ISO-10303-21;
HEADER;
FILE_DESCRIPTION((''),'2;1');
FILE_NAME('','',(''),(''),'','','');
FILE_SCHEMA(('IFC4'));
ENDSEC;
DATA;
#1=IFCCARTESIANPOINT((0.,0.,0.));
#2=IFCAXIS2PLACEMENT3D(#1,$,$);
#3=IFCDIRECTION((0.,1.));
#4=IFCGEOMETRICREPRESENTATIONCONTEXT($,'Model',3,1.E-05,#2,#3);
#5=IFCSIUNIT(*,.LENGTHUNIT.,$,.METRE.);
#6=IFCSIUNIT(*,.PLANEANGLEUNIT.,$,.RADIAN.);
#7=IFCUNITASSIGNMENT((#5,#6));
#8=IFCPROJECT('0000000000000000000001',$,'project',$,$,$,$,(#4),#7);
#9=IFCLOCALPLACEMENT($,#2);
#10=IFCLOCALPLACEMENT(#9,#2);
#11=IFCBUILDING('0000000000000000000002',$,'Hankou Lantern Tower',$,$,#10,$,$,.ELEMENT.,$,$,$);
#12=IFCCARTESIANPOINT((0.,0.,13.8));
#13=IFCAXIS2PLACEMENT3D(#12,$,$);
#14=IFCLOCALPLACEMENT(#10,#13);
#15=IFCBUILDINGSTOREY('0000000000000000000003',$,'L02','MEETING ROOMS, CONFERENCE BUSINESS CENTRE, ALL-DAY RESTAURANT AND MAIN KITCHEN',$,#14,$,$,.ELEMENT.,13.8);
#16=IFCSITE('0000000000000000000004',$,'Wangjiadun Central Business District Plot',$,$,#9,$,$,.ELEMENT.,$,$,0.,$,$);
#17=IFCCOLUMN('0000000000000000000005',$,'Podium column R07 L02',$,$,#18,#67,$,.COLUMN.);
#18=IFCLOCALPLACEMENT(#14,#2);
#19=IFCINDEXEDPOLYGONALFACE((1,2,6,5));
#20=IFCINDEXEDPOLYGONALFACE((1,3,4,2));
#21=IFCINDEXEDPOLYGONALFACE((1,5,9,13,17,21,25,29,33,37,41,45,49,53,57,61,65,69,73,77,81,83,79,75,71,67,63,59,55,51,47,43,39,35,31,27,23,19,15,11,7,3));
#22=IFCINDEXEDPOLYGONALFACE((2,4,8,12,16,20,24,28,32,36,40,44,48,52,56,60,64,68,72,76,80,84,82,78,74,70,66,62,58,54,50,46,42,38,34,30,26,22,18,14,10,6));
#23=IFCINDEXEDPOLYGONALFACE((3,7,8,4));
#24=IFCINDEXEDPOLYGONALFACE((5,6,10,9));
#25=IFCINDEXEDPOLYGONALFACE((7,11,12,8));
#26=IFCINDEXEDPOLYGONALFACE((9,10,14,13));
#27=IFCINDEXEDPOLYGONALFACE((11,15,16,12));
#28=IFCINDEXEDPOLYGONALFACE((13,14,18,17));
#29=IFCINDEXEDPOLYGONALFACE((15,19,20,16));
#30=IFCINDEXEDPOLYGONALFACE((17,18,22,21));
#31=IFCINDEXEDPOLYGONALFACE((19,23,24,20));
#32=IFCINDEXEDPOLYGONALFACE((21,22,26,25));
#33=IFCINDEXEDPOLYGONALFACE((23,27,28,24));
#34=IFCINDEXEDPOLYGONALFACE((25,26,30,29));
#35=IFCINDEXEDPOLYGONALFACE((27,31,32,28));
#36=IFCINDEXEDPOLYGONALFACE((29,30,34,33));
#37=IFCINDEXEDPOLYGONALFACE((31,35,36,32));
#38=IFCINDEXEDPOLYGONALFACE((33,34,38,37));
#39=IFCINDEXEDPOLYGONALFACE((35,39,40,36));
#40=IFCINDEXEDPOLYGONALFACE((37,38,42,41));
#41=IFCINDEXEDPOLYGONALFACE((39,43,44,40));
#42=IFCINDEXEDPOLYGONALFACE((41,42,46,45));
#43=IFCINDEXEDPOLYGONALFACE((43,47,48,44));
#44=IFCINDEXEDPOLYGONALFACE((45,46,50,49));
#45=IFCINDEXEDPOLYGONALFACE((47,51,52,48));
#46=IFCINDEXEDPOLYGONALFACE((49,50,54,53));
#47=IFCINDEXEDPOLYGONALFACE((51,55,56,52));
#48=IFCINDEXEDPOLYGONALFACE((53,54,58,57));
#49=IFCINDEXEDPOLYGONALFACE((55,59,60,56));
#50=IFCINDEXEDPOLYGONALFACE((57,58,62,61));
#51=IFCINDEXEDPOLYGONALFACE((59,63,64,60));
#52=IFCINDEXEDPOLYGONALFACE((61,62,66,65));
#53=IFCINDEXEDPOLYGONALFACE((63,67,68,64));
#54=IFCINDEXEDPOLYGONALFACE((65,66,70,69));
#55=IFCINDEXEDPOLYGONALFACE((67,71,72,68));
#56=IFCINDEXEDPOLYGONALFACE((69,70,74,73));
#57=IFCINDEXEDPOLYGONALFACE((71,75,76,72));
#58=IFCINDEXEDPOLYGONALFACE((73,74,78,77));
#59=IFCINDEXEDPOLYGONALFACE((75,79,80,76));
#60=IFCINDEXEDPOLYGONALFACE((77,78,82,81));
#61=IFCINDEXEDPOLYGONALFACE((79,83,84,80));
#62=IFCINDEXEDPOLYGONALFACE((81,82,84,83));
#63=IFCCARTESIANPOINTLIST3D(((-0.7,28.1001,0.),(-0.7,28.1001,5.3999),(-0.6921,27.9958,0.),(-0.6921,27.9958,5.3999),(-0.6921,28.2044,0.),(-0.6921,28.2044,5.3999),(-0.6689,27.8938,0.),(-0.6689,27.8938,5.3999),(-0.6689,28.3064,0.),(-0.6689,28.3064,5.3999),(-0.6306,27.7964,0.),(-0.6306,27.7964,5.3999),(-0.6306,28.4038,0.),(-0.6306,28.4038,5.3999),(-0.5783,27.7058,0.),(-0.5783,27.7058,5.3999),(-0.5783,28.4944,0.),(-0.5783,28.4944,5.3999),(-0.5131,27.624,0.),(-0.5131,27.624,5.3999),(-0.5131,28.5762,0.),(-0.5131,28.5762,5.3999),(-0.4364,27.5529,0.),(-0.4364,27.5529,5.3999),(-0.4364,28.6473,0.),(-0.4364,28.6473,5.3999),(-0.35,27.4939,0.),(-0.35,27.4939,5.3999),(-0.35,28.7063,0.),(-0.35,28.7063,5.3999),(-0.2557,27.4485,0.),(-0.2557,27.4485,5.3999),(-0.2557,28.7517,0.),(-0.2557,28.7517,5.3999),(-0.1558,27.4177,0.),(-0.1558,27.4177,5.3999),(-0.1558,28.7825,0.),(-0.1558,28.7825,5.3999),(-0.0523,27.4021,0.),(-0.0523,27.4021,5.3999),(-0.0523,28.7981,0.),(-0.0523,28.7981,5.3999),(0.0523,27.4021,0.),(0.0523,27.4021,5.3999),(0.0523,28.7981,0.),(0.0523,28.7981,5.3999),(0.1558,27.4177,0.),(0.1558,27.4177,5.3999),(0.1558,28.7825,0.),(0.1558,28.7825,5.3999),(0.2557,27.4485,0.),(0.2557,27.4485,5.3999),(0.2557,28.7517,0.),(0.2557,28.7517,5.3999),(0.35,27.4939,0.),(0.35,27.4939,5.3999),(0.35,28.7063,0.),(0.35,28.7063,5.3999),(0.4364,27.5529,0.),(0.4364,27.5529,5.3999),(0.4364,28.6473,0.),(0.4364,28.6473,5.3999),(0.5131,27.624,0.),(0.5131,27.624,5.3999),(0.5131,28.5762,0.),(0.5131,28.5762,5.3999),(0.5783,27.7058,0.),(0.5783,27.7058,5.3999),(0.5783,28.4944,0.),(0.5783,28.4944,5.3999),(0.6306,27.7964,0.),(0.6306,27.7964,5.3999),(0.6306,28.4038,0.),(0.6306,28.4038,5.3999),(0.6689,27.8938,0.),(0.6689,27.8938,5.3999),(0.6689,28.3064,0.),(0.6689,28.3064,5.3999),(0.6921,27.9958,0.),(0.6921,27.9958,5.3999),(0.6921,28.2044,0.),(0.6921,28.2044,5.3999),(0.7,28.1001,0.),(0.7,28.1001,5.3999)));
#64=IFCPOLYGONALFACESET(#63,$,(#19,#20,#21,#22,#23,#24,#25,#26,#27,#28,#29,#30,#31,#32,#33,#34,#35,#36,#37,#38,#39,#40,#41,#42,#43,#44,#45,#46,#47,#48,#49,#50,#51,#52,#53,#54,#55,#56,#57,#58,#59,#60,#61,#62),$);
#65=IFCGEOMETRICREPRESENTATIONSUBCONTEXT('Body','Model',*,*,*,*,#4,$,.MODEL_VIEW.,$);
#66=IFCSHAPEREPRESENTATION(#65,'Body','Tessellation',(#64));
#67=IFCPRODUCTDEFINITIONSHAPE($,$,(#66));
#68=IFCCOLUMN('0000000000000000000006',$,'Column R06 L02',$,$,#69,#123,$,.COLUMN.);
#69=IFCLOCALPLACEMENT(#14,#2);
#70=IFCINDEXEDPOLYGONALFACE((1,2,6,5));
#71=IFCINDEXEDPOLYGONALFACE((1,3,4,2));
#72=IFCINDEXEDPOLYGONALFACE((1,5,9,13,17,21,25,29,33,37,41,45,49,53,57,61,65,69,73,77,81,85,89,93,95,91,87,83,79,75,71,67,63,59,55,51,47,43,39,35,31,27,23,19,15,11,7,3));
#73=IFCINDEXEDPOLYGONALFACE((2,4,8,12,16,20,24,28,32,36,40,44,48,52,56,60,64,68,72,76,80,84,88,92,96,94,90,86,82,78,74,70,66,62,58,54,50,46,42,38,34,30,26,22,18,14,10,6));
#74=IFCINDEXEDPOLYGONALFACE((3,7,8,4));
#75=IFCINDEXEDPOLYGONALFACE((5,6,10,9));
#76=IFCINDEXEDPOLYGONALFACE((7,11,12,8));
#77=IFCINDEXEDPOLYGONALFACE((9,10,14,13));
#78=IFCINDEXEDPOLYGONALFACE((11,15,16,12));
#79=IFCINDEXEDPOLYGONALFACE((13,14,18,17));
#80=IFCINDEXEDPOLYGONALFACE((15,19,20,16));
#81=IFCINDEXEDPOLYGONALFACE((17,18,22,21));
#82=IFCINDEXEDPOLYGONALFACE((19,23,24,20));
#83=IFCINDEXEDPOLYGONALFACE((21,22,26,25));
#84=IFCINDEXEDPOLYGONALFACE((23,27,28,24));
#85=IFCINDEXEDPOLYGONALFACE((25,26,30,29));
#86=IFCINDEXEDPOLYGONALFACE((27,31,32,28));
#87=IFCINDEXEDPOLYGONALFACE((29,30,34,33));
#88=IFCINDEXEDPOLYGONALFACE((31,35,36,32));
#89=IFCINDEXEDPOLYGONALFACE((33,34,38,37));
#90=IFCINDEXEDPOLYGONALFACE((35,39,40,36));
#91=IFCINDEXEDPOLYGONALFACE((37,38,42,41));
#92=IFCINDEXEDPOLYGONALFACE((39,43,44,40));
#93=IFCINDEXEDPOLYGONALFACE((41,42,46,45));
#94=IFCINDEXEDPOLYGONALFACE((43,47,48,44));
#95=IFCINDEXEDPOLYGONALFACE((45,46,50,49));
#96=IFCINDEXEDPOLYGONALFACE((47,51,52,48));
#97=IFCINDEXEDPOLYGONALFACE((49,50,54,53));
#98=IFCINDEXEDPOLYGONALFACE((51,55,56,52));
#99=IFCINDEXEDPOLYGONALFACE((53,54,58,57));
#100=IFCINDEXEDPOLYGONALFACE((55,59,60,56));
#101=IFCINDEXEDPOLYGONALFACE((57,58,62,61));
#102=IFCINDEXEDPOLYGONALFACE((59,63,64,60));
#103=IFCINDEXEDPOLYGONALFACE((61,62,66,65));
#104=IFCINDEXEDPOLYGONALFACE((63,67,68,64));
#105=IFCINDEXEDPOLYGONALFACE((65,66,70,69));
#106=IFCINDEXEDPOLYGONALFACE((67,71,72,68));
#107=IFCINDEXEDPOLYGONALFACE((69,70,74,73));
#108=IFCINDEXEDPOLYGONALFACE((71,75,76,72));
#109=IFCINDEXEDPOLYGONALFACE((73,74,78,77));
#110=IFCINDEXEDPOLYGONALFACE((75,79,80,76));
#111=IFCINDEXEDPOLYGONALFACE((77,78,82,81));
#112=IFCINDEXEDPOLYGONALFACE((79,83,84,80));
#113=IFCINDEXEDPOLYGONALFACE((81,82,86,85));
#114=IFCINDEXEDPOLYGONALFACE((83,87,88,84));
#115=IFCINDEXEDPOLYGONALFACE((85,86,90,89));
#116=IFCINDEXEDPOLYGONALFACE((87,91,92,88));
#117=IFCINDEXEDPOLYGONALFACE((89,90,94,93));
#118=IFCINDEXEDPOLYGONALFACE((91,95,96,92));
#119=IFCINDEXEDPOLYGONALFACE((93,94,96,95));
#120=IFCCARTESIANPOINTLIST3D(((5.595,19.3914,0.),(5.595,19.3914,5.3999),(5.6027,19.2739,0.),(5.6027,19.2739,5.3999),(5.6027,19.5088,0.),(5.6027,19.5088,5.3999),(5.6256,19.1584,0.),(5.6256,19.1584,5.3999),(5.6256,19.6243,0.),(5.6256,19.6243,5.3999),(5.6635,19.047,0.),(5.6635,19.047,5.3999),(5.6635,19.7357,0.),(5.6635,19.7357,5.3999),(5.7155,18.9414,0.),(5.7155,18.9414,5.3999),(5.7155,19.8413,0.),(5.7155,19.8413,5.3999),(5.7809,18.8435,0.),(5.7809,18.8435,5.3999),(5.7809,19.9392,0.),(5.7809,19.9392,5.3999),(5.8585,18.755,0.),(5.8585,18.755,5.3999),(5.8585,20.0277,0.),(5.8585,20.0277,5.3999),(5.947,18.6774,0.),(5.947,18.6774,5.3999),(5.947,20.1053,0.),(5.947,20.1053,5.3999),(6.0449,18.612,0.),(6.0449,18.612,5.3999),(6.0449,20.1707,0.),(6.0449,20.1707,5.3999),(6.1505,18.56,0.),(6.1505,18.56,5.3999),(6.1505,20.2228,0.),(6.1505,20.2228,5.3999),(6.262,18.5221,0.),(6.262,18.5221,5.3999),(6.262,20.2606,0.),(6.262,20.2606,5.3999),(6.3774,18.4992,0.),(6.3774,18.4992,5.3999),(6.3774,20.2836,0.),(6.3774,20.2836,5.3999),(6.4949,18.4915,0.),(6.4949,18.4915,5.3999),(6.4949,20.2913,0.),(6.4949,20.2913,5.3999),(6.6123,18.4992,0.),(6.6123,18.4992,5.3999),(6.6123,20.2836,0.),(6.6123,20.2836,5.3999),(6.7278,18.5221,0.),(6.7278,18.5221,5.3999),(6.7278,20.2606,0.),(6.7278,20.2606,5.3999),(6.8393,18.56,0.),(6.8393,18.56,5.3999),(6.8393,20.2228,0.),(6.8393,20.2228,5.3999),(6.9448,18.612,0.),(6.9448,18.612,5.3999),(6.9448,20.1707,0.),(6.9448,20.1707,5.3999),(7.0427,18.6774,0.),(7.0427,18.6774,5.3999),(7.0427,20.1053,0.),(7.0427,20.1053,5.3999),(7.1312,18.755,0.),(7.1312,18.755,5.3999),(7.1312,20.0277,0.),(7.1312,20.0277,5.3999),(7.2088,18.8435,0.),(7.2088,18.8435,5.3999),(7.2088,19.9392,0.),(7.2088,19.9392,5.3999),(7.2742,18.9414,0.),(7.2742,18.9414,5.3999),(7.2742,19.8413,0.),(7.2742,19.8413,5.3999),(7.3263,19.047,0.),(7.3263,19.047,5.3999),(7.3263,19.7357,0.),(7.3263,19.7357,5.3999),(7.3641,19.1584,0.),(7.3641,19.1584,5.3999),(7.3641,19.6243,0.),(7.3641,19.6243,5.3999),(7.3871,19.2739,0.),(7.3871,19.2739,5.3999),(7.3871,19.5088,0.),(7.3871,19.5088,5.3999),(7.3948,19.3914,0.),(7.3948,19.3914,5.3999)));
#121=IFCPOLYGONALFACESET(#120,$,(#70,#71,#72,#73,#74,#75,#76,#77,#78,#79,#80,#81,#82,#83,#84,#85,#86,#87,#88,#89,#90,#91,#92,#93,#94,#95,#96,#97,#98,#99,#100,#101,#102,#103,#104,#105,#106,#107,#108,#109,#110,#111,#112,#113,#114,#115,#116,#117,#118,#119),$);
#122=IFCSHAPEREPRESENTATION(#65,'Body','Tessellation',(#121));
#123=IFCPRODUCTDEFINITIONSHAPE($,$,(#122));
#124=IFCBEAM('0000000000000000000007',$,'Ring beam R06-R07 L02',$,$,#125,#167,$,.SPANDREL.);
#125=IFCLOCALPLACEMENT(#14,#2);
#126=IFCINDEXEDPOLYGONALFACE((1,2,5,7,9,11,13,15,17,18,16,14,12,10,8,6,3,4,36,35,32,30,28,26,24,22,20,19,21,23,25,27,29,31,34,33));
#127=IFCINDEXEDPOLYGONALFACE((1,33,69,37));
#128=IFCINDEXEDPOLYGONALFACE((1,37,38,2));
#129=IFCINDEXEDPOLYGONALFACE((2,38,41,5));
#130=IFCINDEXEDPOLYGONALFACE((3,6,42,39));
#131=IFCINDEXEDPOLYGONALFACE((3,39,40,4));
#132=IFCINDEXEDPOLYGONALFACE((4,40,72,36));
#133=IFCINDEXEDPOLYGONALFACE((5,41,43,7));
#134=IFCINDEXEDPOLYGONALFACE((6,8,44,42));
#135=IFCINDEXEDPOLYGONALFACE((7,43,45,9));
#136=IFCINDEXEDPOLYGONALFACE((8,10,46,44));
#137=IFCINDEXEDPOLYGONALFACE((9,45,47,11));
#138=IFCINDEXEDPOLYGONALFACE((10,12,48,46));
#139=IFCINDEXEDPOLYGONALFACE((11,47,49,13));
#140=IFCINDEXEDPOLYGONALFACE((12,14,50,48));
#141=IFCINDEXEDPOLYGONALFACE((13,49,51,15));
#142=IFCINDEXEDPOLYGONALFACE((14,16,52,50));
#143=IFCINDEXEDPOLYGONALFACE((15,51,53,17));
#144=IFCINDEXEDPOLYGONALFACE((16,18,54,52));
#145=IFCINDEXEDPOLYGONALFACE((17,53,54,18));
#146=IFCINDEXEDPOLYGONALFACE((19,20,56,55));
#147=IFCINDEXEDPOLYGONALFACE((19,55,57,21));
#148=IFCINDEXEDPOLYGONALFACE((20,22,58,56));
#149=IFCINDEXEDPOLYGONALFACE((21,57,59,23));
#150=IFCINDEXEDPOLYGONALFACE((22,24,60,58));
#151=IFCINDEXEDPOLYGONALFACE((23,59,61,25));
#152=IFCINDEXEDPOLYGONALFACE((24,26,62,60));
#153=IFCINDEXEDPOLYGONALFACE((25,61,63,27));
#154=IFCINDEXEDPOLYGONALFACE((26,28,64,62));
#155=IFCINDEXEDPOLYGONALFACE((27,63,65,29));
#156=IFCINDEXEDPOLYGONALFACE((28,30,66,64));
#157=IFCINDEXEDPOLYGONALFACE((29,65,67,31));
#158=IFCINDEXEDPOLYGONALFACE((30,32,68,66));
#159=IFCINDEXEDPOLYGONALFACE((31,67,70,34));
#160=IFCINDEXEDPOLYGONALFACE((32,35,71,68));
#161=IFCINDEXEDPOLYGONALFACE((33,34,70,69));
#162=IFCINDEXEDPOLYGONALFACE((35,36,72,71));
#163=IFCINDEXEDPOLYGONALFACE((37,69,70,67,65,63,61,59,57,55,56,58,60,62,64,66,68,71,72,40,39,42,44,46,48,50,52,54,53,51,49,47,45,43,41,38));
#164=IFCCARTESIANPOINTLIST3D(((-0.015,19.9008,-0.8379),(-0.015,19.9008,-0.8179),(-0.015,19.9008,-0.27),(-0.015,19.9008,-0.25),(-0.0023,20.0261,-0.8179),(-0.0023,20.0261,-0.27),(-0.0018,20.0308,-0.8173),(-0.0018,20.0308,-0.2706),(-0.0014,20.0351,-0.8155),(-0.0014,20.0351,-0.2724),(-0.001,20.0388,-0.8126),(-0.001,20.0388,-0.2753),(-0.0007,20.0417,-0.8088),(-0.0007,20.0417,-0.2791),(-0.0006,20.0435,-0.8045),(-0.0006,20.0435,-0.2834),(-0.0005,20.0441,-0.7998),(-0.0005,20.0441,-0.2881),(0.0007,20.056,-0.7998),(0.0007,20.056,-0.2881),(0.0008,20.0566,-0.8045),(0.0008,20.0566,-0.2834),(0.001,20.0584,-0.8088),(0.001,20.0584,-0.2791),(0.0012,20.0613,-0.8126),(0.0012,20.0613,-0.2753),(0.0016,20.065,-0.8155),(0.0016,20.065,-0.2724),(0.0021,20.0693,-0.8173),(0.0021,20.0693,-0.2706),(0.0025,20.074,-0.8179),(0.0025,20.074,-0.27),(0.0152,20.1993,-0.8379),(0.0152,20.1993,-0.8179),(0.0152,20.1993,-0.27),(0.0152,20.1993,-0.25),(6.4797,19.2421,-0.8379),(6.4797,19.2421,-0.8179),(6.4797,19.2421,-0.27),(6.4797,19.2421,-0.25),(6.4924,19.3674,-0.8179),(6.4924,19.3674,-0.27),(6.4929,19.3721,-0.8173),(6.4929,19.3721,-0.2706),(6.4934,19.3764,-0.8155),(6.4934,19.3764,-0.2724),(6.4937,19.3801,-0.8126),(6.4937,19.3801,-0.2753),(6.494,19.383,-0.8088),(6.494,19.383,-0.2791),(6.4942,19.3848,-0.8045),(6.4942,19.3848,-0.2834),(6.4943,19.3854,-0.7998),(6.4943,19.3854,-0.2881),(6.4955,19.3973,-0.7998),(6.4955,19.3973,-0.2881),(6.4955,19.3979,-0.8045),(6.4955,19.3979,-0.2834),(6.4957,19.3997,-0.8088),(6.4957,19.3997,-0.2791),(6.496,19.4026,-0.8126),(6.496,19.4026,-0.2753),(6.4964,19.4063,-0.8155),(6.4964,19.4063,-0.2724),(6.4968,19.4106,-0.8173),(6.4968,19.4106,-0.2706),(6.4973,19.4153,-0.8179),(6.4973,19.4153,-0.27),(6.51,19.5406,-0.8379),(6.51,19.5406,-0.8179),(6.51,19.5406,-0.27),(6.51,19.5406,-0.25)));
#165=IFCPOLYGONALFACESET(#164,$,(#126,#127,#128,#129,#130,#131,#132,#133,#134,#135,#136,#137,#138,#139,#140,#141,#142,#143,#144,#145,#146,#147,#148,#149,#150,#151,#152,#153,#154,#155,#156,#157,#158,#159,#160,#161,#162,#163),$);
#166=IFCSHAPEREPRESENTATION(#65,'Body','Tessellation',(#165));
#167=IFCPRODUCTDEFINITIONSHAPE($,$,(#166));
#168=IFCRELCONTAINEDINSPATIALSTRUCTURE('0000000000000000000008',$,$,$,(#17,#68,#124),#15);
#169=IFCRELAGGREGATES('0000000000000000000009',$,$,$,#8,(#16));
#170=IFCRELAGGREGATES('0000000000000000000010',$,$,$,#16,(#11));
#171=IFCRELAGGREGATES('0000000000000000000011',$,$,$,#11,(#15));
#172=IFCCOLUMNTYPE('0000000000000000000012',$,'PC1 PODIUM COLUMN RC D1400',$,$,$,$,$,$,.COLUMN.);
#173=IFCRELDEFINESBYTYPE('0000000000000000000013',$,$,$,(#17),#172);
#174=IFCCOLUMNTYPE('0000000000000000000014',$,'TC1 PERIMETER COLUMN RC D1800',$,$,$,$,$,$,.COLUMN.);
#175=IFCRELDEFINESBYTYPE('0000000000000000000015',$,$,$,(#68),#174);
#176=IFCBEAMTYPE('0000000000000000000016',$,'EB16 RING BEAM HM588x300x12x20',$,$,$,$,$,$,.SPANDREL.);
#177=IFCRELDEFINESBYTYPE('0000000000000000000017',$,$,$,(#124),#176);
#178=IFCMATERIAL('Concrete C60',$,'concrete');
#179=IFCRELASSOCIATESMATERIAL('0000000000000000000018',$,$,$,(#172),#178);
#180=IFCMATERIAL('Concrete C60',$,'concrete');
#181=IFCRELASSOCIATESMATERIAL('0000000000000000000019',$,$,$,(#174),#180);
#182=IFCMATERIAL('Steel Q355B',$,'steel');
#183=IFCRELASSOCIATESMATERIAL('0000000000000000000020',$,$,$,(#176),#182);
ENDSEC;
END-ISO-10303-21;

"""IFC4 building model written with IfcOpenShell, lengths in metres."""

from ifc_helpers import new_model, si_unit, direction, frame, origin, origin_2d, place, context, subcontext, project, spatial, circle, i_section, extrude, material, material_profile, profile_set, type_object, element, save


model = new_model("IFC4")

# Units and contexts
model_context = context("Model", 3, precision=1e-05, world=origin(), true_north=direction((0.0, 1.0)))
body_context = subcontext(model_context, "Body", "Model", "MODEL_VIEW")
ifc_project = project(units=[si_unit("LENGTHUNIT", "METRE"), si_unit("PLANEANGLEUNIT", "RADIAN")], contexts=[model_context])

# Site, building, storey
site_placement = place(None, origin())
site = spatial("IfcSite", under=ifc_project, at=site_placement, Name="Wangjiadun Central Business District Plot", CompositionType="ELEMENT", RefElevation=0.0)
building_placement = place(site_placement, origin())
building = spatial("IfcBuilding", under=site, at=building_placement, Name="Hankou Lantern Tower", CompositionType="ELEMENT")
storey_placement = place(building_placement, frame((0.0, 0.0, 13.8)))
storey = spatial("IfcBuildingStorey", under=building, at=storey_placement, Name="L02", Description="MEETING ROOMS, CONFERENCE BUSINESS CENTRE, ALL-DAY RESTAURANT AND MAIN KITCHEN", CompositionType="ELEMENT", Elevation=13.8)

# Columns
ifc_material_1 = material(Name="Concrete C60", Category="concrete")
ifc_material_profile_1 = material_profile(ifc_material_1, circle(Radius=0.7, at=origin_2d()), Name="RC D1400")
ifc_profile_set_1 = profile_set([ifc_material_profile_1], Name="Concrete C60")
column_type_1 = type_object("IfcColumnType", Name="PC1 PODIUM COLUMN RC D1400", PredefinedType="COLUMN", material=ifc_profile_set_1)
column_1_placement = place(storey_placement, frame((0.0, 28.1001, 0.0), z_axis=(0.0, 0.0, 1.0), x_axis=(1.0, 0.0, 0.0)))
element("IfcColumn", 1, at=column_1_placement, inside=storey, type_object=column_type_1, Name="Podium column R07 L02", PredefinedType="COLUMN", context=body_context, shape_type="SweptSolid", body=[
    extrude(circle(Radius=0.7, at=origin_2d()), origin(), (0.0, 0.0, 1.0), 5.3999),
])
ifc_material_2 = material(Name="Concrete C60", Category="concrete")
ifc_material_profile_2 = material_profile(ifc_material_2, circle(Radius=0.8999, at=origin_2d()), Name="RC D1800")
ifc_profile_set_2 = profile_set([ifc_material_profile_2], Name="Concrete C60")
column_type_2 = type_object("IfcColumnType", Name="TC1 PERIMETER COLUMN RC D1800", PredefinedType="COLUMN", material=ifc_profile_set_2)
column_2_placement = place(storey_placement, frame((6.4949, 19.3914, 0.0), z_axis=(0.0, 0.0, 1.0), x_axis=(1.0, 0.0, 0.0)))
element("IfcColumn", 2, at=column_2_placement, inside=storey, type_object=column_type_2, Name="Column R06 L02", PredefinedType="COLUMN", context=body_context, shape_type="SweptSolid", body=[
    extrude(circle(Radius=0.8999, at=origin_2d()), origin(), (0.0, 0.0, 1.0), 5.3999),
])

# Beam
ifc_material_3 = material(Name="Steel Q355B", Category="steel")
ifc_material_profile_3 = material_profile(ifc_material_3, i_section(OverallWidth=0.3, OverallDepth=0.5879, WebThickness=0.012, FlangeThickness=0.02, FilletRadius=0.0181, at=origin_2d()), Name="HM588x300x12x20")
ifc_profile_set_3 = profile_set([ifc_material_profile_3], Name="Steel Q355B")
beam_type_1 = type_object("IfcBeamType", Name="EB16 RING BEAM HM588x300x12x20", PredefinedType="SPANDREL", material=ifc_profile_set_3)
for number, where, z_axis, x_axis, name in (
    (3, (6.4949, 19.3914, -0.5439), (-0.994897, 0.1009, 0.0), (-0.1009, -0.994897, 0.0), "Ring beam R06-R07 L02"),
):
    element("IfcBeam", number, at=place(storey_placement, frame(where, z_axis=z_axis, x_axis=x_axis)), inside=storey, type_object=beam_type_1, Name=name, PredefinedType="SPANDREL", context=body_context, shape_type="SweptSolid", body=[
        extrude(i_section(OverallWidth=0.3, OverallDepth=0.5879, WebThickness=0.012, FlangeThickness=0.02, FilletRadius=0.0181, at=origin_2d()), origin(), (0.0, 0.0, 1.0), 6.5281),
    ])

save(model, "model.ifc")
